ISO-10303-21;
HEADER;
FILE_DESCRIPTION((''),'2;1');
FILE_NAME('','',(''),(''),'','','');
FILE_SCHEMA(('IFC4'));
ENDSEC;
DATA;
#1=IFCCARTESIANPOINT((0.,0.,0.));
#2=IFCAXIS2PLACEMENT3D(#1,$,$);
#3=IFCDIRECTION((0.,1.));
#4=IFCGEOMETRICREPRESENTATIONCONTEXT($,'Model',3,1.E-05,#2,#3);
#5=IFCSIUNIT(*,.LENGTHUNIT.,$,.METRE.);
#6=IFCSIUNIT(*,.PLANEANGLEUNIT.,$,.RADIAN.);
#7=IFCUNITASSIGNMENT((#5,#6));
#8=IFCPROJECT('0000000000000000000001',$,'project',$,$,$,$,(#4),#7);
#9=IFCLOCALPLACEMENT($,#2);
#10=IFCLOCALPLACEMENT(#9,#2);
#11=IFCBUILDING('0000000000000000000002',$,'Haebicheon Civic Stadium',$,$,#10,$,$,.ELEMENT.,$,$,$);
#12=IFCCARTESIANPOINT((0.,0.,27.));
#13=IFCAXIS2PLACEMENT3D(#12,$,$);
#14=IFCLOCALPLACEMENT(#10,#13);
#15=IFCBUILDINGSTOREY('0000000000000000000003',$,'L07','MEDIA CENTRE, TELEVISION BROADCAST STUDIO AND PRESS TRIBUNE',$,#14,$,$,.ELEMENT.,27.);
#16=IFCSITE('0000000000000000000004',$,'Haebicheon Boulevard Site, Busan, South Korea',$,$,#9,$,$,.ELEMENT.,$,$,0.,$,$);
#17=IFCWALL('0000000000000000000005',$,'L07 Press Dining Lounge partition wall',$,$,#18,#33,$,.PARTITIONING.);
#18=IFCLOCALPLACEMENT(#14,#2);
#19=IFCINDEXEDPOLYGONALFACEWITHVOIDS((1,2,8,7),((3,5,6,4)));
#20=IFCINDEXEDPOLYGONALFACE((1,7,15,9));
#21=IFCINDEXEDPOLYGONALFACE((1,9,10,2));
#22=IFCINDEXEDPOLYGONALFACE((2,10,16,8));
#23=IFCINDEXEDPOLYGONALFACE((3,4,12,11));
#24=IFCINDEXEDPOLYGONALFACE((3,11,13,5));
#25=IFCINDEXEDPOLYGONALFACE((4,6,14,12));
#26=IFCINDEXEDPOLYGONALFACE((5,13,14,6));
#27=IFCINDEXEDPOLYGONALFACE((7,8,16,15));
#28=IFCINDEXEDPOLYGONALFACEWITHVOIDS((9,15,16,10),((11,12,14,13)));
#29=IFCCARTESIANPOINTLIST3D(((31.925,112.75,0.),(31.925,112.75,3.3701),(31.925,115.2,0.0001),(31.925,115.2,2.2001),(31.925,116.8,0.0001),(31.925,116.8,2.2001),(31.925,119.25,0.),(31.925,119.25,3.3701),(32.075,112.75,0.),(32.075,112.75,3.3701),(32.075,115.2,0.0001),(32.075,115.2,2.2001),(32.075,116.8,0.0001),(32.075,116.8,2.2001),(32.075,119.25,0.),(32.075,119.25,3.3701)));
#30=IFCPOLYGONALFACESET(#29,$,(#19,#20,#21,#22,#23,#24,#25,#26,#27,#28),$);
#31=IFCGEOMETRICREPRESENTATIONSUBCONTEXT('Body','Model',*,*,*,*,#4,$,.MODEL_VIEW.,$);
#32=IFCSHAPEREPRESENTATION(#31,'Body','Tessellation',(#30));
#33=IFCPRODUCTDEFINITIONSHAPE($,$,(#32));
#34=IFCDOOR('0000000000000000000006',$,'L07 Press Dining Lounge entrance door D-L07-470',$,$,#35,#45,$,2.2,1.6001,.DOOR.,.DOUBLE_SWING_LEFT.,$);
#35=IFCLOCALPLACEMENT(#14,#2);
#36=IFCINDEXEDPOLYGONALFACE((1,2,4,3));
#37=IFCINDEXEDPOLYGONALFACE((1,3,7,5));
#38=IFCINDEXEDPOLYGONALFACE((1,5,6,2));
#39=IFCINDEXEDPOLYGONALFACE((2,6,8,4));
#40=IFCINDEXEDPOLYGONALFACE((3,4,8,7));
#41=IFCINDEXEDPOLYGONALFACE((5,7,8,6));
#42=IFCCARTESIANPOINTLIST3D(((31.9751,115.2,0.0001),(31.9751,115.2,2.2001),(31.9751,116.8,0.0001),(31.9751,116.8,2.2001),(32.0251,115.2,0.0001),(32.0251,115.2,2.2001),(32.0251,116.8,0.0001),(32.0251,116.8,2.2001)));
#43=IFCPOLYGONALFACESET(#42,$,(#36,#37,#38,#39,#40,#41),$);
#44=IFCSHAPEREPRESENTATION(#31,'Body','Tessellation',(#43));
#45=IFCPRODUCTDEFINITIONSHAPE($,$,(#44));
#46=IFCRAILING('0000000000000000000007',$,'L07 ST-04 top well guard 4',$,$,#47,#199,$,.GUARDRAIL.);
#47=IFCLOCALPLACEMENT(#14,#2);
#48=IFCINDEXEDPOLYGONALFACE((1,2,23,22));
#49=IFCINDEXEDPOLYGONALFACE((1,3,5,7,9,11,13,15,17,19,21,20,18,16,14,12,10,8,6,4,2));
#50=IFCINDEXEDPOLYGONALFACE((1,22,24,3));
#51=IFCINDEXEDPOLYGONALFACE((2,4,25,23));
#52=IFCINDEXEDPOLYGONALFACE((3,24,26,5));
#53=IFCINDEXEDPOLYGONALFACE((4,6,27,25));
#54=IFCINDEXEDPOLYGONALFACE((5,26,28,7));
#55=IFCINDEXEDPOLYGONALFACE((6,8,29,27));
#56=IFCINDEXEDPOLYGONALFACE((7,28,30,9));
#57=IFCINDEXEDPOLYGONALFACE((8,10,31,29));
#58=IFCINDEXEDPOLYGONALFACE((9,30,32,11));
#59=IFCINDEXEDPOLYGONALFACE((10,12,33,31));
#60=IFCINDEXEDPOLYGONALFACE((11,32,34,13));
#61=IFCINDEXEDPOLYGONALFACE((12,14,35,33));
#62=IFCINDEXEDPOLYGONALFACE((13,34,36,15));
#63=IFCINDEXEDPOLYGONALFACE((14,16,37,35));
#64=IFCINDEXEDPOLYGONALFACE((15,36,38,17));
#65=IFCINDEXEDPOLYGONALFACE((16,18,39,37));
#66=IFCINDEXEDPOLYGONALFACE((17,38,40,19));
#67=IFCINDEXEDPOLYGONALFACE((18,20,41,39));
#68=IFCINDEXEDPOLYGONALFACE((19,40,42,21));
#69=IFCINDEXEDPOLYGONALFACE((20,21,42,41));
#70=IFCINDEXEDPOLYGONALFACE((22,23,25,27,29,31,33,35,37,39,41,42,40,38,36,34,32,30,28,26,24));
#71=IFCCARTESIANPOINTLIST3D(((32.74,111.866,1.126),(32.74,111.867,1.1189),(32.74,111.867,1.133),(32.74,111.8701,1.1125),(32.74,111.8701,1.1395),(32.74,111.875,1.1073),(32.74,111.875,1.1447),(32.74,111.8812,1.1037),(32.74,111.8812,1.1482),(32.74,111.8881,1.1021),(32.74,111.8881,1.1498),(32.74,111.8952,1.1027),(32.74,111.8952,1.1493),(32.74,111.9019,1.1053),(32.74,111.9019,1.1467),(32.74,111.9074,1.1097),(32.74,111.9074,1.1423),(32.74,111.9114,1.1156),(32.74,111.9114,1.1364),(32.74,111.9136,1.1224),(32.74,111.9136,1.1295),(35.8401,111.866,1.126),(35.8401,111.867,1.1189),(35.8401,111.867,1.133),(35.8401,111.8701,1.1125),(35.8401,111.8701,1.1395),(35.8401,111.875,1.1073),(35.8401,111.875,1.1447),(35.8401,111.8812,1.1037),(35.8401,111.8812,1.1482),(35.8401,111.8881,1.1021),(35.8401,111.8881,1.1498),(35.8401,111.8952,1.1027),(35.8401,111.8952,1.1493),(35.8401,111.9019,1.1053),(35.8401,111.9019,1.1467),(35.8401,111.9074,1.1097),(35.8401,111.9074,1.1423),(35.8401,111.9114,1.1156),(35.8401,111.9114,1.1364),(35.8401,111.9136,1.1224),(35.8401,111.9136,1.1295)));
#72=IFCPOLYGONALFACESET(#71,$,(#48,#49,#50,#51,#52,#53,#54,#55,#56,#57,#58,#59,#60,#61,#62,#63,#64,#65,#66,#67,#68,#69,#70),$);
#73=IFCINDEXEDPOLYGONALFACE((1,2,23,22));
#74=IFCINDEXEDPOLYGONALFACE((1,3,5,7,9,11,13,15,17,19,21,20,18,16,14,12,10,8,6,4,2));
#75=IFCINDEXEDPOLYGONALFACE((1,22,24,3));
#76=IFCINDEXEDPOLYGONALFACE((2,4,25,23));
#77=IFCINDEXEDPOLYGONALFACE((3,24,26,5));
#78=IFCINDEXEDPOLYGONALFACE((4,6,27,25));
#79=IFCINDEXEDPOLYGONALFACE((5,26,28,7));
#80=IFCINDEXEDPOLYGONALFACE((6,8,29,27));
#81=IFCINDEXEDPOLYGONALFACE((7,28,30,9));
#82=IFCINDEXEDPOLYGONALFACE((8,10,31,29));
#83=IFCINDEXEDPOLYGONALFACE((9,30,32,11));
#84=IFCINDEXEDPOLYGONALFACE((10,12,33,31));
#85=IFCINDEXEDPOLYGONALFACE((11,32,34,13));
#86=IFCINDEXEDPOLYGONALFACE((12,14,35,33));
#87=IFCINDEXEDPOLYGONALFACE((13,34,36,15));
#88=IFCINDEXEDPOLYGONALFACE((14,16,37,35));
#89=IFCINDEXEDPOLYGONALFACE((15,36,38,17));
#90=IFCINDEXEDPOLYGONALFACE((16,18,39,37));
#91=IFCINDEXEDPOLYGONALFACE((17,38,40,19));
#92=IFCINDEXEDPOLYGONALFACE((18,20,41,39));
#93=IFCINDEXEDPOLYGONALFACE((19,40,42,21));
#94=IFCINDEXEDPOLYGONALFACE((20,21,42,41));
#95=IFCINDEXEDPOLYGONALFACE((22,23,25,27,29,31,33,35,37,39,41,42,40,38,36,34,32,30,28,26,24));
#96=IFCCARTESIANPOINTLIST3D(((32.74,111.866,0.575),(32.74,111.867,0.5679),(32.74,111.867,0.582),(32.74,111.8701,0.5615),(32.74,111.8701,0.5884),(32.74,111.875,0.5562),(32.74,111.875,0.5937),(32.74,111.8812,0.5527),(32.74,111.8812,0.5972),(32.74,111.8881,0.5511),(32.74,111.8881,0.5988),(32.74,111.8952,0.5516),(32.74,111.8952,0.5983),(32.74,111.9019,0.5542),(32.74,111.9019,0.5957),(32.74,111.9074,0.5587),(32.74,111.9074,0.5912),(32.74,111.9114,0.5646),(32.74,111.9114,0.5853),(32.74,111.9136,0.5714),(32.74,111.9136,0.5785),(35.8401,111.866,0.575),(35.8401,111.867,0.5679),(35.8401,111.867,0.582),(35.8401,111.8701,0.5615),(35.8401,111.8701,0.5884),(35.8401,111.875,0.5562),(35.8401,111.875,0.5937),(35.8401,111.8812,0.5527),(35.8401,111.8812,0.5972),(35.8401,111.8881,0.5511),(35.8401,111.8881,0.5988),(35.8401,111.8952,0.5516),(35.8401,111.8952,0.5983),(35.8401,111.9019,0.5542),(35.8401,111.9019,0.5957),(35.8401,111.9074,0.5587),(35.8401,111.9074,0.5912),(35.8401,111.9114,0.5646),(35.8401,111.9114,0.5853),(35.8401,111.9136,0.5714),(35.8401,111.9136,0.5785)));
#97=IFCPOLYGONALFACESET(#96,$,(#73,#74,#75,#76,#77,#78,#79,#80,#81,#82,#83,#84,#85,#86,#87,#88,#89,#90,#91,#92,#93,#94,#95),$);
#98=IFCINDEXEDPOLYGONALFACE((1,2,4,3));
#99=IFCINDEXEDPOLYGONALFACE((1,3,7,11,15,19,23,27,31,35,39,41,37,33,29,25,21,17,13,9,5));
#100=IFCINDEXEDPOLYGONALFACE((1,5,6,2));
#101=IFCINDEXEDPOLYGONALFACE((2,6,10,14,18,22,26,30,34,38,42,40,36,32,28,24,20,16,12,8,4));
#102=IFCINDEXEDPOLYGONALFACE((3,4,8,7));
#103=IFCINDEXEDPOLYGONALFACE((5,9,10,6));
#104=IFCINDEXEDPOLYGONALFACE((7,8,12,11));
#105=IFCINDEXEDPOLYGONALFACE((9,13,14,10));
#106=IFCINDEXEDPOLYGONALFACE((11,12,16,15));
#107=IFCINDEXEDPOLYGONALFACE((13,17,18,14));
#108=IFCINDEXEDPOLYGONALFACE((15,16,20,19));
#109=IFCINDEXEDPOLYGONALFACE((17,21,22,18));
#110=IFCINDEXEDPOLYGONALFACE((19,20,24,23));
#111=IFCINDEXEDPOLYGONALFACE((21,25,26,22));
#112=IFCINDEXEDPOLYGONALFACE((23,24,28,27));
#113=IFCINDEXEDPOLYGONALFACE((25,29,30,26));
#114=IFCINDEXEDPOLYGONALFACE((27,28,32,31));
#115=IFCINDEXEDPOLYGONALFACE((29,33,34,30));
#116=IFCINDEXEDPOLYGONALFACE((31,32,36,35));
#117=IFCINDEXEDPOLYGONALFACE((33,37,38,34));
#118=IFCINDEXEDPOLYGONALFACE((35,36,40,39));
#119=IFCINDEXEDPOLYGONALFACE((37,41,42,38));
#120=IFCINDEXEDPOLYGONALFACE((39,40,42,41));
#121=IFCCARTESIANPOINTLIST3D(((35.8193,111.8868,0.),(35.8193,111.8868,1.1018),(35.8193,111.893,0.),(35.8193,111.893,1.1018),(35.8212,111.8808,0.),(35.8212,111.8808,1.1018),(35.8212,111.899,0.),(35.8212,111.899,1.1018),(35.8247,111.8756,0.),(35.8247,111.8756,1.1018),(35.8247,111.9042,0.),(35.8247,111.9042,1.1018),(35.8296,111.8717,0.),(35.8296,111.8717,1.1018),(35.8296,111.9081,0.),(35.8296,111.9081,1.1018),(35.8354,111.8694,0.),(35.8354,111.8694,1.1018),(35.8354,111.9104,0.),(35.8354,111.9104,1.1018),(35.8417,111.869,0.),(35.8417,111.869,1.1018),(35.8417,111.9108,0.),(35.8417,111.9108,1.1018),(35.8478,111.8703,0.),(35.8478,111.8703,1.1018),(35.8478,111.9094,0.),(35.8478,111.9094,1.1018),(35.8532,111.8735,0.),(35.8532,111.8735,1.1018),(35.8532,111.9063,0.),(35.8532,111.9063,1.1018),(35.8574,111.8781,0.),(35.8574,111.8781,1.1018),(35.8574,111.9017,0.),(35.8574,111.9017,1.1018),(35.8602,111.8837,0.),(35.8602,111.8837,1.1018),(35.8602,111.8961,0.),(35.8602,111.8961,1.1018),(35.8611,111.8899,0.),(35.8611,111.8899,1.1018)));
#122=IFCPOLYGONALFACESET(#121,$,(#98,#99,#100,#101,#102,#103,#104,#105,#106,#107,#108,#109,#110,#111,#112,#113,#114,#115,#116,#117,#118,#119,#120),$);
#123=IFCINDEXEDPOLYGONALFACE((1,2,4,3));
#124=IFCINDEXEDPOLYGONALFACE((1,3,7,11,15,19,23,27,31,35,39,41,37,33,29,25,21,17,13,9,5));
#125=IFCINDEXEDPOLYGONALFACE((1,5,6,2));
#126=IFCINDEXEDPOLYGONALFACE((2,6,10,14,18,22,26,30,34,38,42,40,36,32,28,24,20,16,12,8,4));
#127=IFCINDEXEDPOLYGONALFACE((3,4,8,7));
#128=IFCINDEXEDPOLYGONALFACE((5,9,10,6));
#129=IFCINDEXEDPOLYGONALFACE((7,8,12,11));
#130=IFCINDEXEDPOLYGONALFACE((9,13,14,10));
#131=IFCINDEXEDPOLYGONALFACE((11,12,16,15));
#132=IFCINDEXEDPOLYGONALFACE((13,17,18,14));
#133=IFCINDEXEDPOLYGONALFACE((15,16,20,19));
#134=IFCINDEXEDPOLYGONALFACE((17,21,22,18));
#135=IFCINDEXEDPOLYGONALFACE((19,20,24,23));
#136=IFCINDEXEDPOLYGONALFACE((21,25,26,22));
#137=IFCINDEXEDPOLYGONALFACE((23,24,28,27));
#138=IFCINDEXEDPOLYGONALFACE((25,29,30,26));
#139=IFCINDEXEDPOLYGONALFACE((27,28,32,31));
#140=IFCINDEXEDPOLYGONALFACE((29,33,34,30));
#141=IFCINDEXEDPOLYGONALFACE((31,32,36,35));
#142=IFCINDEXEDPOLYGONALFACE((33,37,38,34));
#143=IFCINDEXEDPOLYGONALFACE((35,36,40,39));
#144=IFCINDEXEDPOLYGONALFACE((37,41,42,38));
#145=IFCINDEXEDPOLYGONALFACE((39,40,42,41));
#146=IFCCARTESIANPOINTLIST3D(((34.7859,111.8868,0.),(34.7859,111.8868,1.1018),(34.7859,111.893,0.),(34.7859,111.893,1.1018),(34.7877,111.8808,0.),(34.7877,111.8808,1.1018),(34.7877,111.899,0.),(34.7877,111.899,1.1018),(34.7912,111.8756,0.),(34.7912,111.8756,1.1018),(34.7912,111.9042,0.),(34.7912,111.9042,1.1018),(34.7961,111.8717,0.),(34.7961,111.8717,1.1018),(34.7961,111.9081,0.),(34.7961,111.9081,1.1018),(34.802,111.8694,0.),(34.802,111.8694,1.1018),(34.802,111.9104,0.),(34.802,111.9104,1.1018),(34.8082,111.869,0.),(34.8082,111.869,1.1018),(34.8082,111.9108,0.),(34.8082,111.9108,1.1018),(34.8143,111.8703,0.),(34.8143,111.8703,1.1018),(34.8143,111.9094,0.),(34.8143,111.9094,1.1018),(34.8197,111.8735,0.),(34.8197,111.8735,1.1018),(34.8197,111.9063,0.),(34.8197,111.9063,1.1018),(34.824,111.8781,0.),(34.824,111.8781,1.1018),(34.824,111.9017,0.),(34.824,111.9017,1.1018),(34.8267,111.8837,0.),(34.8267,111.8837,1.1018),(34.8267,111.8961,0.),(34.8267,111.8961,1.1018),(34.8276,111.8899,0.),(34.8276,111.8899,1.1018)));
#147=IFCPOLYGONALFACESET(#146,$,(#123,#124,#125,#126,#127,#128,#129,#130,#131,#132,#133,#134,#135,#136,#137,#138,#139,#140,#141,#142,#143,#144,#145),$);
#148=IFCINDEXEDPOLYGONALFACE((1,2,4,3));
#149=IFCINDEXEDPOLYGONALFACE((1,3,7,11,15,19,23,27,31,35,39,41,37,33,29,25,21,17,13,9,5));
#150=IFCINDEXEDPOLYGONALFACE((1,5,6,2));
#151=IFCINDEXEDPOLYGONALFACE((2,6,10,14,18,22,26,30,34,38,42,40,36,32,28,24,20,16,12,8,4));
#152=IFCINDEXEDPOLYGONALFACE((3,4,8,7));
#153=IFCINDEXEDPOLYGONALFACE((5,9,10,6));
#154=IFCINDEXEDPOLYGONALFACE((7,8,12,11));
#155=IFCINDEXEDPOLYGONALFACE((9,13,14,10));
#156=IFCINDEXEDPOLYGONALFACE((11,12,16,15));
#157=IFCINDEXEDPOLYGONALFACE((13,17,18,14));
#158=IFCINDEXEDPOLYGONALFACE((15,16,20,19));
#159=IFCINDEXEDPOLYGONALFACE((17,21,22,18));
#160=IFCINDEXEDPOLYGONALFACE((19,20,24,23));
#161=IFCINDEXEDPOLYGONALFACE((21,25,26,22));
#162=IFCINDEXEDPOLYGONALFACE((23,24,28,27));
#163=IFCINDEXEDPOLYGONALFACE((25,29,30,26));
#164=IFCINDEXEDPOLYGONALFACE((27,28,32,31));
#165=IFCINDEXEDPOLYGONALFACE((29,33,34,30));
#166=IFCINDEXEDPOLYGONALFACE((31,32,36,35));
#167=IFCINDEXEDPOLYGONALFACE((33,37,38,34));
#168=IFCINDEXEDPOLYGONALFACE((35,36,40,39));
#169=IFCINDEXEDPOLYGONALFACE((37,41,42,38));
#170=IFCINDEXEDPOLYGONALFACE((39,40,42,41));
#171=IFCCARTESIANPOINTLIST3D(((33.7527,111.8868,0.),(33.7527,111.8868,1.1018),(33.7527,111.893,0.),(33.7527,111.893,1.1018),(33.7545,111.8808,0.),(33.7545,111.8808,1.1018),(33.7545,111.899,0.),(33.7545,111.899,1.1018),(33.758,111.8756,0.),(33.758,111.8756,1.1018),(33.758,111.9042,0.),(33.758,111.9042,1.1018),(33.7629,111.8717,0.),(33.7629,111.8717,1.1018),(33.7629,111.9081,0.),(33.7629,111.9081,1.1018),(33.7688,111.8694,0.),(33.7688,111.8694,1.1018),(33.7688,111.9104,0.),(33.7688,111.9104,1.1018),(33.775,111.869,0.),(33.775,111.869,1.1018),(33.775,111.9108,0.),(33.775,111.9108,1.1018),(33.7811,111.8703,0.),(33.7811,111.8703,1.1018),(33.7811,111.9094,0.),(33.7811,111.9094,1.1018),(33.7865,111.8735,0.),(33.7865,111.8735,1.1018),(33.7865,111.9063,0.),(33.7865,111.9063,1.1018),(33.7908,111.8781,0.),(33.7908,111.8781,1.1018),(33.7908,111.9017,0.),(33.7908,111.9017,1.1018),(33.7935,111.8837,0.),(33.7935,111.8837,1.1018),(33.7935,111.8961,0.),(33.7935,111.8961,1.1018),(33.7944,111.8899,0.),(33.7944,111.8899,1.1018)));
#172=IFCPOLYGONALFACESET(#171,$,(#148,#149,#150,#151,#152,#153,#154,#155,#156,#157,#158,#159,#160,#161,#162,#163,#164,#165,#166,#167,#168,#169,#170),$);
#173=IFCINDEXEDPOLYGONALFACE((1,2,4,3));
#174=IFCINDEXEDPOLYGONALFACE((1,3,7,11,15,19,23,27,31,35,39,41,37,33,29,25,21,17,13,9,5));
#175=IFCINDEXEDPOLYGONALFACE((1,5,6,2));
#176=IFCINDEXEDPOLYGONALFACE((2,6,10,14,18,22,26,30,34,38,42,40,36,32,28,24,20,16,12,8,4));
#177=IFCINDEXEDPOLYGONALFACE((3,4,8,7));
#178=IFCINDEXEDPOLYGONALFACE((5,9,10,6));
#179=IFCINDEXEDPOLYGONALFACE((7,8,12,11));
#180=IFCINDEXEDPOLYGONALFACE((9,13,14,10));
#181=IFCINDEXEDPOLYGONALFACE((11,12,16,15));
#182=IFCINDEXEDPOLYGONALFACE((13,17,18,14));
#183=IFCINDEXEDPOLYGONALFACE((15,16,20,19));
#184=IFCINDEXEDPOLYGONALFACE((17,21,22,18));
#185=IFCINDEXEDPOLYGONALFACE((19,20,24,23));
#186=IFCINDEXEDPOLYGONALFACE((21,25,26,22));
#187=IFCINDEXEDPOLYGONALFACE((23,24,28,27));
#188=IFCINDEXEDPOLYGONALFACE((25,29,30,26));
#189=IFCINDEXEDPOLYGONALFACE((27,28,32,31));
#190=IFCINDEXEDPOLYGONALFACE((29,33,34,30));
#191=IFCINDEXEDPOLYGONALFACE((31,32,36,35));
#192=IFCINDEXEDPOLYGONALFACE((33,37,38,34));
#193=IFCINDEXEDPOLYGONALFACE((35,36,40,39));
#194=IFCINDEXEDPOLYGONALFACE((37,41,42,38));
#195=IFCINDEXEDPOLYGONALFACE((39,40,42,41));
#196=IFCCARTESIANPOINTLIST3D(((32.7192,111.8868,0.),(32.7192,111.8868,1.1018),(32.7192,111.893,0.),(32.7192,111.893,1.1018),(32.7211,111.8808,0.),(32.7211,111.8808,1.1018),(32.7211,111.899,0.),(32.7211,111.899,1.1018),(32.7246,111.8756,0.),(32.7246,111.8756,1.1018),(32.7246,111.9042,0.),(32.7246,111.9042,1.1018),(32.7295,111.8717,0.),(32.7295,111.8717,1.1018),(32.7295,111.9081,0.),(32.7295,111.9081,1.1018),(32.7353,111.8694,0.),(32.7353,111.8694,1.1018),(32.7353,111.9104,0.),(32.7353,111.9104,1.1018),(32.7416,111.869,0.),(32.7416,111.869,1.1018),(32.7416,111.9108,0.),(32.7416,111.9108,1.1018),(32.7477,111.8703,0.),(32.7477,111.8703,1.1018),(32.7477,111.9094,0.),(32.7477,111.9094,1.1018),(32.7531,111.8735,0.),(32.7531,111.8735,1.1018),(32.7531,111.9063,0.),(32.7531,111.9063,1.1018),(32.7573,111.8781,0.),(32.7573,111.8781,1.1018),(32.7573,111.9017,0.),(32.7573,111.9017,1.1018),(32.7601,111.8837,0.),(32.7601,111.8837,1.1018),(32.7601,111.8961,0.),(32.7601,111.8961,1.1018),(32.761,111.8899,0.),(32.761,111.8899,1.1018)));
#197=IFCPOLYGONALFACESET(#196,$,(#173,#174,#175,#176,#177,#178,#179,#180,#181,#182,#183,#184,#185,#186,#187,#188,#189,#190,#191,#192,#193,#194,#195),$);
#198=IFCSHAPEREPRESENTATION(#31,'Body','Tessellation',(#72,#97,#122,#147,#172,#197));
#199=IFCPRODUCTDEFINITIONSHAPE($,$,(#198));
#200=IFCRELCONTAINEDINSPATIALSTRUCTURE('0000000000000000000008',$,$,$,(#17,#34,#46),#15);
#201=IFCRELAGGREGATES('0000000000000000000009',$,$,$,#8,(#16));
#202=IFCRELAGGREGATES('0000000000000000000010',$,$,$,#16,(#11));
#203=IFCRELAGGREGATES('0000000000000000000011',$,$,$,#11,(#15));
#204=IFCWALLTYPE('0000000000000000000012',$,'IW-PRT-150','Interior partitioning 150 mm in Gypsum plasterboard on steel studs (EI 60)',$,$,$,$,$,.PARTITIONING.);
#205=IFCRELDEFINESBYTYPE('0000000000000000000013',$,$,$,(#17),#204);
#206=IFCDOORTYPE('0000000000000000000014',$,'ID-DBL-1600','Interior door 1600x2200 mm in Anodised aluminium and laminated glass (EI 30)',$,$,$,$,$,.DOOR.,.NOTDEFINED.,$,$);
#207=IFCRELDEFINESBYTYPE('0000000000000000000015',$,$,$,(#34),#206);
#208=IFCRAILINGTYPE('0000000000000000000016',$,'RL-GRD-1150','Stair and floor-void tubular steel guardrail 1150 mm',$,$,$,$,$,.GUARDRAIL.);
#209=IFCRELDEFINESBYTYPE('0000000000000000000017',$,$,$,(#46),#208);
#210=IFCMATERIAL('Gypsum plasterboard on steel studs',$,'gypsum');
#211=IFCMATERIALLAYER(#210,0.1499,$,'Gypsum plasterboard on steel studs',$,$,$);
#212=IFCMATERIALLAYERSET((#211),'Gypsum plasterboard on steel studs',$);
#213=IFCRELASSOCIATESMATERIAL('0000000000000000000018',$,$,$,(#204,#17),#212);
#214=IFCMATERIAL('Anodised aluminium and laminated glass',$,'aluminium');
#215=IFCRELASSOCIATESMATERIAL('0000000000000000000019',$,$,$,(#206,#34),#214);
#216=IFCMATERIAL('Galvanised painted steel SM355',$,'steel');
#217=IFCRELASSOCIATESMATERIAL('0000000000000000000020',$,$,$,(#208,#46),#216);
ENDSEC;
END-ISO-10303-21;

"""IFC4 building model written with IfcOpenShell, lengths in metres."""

from ifc_helpers import new_model, si_unit, direction, frame, frame_2d, origin, origin_2d, place, context, subcontext, project, spatial, rectangle, circle, extrude, material, layer, layer_set, type_object, element, fill, save


model = new_model("IFC4")

# Units and contexts
model_context = context("Model", 3, precision=1e-05, world=origin(), true_north=direction((0.0, 1.0)))
body_context = subcontext(model_context, "Body", "Model", "MODEL_VIEW")
ifc_project = project(units=[si_unit("LENGTHUNIT", "METRE"), si_unit("PLANEANGLEUNIT", "RADIAN")], contexts=[model_context])

# Site, building, storey
site_placement = place(None, origin())
site = spatial("IfcSite", under=ifc_project, at=site_placement, Name="Haebicheon Boulevard Site, Busan, South Korea", CompositionType="ELEMENT", RefElevation=0.0)
building_placement = place(site_placement, origin())
building = spatial("IfcBuilding", under=site, at=building_placement, Name="Haebicheon Civic Stadium", CompositionType="ELEMENT")
storey_placement = place(building_placement, frame((0.0, 0.0, 27.0)))
storey = spatial("IfcBuildingStorey", under=building, at=storey_placement, Name="L07", Description="MEDIA CENTRE, TELEVISION BROADCAST STUDIO AND PRESS TRIBUNE", CompositionType="ELEMENT", Elevation=27.0)

# Wall, opening, door
ifc_material_1 = material(Name="Gypsum plasterboard on steel studs", Category="gypsum")
ifc_layer_1 = layer(ifc_material_1, 0.1499, Name="Gypsum plasterboard on steel studs")
ifc_layer_set_1 = layer_set([ifc_layer_1], Name="Gypsum plasterboard on steel studs")
wall_type_1 = type_object("IfcWallType", Name="IW-PRT-150", Description="Interior partitioning 150 mm in Gypsum plasterboard on steel studs (EI 60)", PredefinedType="PARTITIONING", material=ifc_layer_set_1)
wall_1_placement = place(storey_placement, frame((32.0, 112.75, 0.0), z_axis=(0.0, 0.0, 1.0), x_axis=(0.0, 1.0, 0.0)))
wall_1 = element("IfcWall", 1, at=wall_1_placement, inside=storey, type_object=wall_type_1, material=ifc_layer_set_1, Name="L07 Press Dining Lounge partition wall", PredefinedType="PARTITIONING", context=body_context, shape_type="SweptSolid", body=[
    extrude(rectangle(XDim=6.5, YDim=0.1499, at=frame_2d((3.25, 0.0))), origin(), (0.0, 0.0, 1.0), 3.3701),
])
opening_1_placement = place(wall_1_placement, frame((2.45, 0.0, 0.0)))
opening_1 = element("IfcOpeningElement", 2, at=opening_1_placement, cuts=wall_1, PredefinedType="OPENING", context=body_context, shape_type="SweptSolid", body=[
    extrude(rectangle(XDim=1.6001, YDim=2.2, at=frame_2d((0.8, 1.1001))), frame((0.0, 0.085, 0.0), z_axis=(0.0, -1.0, 0.0), x_axis=(1.0, 0.0, 0.0)), (0.0, 0.0, 1.0), 0.1699),
])
ifc_material_2 = material(Name="Anodised aluminium and laminated glass", Category="aluminium")
door_type_1 = type_object("IfcDoorType", Name="ID-DBL-1600", Description="Interior door 1600x2200 mm in Anodised aluminium and laminated glass (EI 30)", OperationType="NOTDEFINED", PredefinedType="DOOR", material=ifc_material_2)
door_1_placement = place(opening_1_placement, origin())
door_1 = element("IfcDoor", 3, at=door_1_placement, inside=storey, type_object=door_type_1, material=ifc_material_2, Name="L07 Press Dining Lounge entrance door D-L07-470", OperationType="DOUBLE_SWING_LEFT", OverallHeight=2.2, OverallWidth=1.6001, PredefinedType="DOOR", context=body_context, shape_type="SweptSolid", body=[
    extrude(rectangle(XDim=1.6001, YDim=2.2, at=frame_2d((0.8, 1.1001))), frame((0.0, 0.0249, 0.0), z_axis=(0.0, -1.0, 0.0), x_axis=(1.0, 0.0, 0.0)), (0.0, 0.0, 1.0), 0.05),
])
fill(opening_1, door_1)

# Railing
ifc_material_3 = material(Name="Galvanised painted steel SM355", Category="steel")
railing_type = type_object("IfcRailingType", Name="RL-GRD-1150", Description="Stair and floor-void tubular steel guardrail 1150 mm", PredefinedType="GUARDRAIL", material=ifc_material_3)
railing_placement = place(storey_placement, frame((35.8401, 111.8899, 0.0)))
element("IfcRailing", 4, at=railing_placement, inside=storey, type_object=railing_type, material=ifc_material_3, Name="L07 ST-04 top well guard 4", PredefinedType="GUARDRAIL", context=body_context, shape_type="SweptSolid", body=[
    extrude(circle(Radius=0.0239, at=origin_2d()), frame((0.0, 0.0, 1.126), z_axis=(-1.0, 0.0, 0.0), x_axis=(0.0, -1.0, 0.0)), (0.0, 0.0, 1.0), 3.1001),
    extrude(circle(Radius=0.0239, at=origin_2d()), frame((0.0, 0.0, 0.575), z_axis=(-1.0, 0.0, 0.0), x_axis=(0.0, -1.0, 0.0)), (0.0, 0.0, 1.0), 3.1001),
    extrude(circle(Radius=0.021, at=origin_2d()), origin(), (0.0, 0.0, 1.0), 1.1018),
    extrude(circle(Radius=0.021, at=origin_2d()), frame((-1.0334, 0.0, 0.0)), (0.0, 0.0, 1.0), 1.1018),
    extrude(circle(Radius=0.021, at=origin_2d()), frame((-2.0667, 0.0, 0.0)), (0.0, 0.0, 1.0), 1.1018),
    extrude(circle(Radius=0.021, at=origin_2d()), frame((-3.1001, 0.0, 0.0)), (0.0, 0.0, 1.0), 1.1018),
])

save(model, "model.ifc")
